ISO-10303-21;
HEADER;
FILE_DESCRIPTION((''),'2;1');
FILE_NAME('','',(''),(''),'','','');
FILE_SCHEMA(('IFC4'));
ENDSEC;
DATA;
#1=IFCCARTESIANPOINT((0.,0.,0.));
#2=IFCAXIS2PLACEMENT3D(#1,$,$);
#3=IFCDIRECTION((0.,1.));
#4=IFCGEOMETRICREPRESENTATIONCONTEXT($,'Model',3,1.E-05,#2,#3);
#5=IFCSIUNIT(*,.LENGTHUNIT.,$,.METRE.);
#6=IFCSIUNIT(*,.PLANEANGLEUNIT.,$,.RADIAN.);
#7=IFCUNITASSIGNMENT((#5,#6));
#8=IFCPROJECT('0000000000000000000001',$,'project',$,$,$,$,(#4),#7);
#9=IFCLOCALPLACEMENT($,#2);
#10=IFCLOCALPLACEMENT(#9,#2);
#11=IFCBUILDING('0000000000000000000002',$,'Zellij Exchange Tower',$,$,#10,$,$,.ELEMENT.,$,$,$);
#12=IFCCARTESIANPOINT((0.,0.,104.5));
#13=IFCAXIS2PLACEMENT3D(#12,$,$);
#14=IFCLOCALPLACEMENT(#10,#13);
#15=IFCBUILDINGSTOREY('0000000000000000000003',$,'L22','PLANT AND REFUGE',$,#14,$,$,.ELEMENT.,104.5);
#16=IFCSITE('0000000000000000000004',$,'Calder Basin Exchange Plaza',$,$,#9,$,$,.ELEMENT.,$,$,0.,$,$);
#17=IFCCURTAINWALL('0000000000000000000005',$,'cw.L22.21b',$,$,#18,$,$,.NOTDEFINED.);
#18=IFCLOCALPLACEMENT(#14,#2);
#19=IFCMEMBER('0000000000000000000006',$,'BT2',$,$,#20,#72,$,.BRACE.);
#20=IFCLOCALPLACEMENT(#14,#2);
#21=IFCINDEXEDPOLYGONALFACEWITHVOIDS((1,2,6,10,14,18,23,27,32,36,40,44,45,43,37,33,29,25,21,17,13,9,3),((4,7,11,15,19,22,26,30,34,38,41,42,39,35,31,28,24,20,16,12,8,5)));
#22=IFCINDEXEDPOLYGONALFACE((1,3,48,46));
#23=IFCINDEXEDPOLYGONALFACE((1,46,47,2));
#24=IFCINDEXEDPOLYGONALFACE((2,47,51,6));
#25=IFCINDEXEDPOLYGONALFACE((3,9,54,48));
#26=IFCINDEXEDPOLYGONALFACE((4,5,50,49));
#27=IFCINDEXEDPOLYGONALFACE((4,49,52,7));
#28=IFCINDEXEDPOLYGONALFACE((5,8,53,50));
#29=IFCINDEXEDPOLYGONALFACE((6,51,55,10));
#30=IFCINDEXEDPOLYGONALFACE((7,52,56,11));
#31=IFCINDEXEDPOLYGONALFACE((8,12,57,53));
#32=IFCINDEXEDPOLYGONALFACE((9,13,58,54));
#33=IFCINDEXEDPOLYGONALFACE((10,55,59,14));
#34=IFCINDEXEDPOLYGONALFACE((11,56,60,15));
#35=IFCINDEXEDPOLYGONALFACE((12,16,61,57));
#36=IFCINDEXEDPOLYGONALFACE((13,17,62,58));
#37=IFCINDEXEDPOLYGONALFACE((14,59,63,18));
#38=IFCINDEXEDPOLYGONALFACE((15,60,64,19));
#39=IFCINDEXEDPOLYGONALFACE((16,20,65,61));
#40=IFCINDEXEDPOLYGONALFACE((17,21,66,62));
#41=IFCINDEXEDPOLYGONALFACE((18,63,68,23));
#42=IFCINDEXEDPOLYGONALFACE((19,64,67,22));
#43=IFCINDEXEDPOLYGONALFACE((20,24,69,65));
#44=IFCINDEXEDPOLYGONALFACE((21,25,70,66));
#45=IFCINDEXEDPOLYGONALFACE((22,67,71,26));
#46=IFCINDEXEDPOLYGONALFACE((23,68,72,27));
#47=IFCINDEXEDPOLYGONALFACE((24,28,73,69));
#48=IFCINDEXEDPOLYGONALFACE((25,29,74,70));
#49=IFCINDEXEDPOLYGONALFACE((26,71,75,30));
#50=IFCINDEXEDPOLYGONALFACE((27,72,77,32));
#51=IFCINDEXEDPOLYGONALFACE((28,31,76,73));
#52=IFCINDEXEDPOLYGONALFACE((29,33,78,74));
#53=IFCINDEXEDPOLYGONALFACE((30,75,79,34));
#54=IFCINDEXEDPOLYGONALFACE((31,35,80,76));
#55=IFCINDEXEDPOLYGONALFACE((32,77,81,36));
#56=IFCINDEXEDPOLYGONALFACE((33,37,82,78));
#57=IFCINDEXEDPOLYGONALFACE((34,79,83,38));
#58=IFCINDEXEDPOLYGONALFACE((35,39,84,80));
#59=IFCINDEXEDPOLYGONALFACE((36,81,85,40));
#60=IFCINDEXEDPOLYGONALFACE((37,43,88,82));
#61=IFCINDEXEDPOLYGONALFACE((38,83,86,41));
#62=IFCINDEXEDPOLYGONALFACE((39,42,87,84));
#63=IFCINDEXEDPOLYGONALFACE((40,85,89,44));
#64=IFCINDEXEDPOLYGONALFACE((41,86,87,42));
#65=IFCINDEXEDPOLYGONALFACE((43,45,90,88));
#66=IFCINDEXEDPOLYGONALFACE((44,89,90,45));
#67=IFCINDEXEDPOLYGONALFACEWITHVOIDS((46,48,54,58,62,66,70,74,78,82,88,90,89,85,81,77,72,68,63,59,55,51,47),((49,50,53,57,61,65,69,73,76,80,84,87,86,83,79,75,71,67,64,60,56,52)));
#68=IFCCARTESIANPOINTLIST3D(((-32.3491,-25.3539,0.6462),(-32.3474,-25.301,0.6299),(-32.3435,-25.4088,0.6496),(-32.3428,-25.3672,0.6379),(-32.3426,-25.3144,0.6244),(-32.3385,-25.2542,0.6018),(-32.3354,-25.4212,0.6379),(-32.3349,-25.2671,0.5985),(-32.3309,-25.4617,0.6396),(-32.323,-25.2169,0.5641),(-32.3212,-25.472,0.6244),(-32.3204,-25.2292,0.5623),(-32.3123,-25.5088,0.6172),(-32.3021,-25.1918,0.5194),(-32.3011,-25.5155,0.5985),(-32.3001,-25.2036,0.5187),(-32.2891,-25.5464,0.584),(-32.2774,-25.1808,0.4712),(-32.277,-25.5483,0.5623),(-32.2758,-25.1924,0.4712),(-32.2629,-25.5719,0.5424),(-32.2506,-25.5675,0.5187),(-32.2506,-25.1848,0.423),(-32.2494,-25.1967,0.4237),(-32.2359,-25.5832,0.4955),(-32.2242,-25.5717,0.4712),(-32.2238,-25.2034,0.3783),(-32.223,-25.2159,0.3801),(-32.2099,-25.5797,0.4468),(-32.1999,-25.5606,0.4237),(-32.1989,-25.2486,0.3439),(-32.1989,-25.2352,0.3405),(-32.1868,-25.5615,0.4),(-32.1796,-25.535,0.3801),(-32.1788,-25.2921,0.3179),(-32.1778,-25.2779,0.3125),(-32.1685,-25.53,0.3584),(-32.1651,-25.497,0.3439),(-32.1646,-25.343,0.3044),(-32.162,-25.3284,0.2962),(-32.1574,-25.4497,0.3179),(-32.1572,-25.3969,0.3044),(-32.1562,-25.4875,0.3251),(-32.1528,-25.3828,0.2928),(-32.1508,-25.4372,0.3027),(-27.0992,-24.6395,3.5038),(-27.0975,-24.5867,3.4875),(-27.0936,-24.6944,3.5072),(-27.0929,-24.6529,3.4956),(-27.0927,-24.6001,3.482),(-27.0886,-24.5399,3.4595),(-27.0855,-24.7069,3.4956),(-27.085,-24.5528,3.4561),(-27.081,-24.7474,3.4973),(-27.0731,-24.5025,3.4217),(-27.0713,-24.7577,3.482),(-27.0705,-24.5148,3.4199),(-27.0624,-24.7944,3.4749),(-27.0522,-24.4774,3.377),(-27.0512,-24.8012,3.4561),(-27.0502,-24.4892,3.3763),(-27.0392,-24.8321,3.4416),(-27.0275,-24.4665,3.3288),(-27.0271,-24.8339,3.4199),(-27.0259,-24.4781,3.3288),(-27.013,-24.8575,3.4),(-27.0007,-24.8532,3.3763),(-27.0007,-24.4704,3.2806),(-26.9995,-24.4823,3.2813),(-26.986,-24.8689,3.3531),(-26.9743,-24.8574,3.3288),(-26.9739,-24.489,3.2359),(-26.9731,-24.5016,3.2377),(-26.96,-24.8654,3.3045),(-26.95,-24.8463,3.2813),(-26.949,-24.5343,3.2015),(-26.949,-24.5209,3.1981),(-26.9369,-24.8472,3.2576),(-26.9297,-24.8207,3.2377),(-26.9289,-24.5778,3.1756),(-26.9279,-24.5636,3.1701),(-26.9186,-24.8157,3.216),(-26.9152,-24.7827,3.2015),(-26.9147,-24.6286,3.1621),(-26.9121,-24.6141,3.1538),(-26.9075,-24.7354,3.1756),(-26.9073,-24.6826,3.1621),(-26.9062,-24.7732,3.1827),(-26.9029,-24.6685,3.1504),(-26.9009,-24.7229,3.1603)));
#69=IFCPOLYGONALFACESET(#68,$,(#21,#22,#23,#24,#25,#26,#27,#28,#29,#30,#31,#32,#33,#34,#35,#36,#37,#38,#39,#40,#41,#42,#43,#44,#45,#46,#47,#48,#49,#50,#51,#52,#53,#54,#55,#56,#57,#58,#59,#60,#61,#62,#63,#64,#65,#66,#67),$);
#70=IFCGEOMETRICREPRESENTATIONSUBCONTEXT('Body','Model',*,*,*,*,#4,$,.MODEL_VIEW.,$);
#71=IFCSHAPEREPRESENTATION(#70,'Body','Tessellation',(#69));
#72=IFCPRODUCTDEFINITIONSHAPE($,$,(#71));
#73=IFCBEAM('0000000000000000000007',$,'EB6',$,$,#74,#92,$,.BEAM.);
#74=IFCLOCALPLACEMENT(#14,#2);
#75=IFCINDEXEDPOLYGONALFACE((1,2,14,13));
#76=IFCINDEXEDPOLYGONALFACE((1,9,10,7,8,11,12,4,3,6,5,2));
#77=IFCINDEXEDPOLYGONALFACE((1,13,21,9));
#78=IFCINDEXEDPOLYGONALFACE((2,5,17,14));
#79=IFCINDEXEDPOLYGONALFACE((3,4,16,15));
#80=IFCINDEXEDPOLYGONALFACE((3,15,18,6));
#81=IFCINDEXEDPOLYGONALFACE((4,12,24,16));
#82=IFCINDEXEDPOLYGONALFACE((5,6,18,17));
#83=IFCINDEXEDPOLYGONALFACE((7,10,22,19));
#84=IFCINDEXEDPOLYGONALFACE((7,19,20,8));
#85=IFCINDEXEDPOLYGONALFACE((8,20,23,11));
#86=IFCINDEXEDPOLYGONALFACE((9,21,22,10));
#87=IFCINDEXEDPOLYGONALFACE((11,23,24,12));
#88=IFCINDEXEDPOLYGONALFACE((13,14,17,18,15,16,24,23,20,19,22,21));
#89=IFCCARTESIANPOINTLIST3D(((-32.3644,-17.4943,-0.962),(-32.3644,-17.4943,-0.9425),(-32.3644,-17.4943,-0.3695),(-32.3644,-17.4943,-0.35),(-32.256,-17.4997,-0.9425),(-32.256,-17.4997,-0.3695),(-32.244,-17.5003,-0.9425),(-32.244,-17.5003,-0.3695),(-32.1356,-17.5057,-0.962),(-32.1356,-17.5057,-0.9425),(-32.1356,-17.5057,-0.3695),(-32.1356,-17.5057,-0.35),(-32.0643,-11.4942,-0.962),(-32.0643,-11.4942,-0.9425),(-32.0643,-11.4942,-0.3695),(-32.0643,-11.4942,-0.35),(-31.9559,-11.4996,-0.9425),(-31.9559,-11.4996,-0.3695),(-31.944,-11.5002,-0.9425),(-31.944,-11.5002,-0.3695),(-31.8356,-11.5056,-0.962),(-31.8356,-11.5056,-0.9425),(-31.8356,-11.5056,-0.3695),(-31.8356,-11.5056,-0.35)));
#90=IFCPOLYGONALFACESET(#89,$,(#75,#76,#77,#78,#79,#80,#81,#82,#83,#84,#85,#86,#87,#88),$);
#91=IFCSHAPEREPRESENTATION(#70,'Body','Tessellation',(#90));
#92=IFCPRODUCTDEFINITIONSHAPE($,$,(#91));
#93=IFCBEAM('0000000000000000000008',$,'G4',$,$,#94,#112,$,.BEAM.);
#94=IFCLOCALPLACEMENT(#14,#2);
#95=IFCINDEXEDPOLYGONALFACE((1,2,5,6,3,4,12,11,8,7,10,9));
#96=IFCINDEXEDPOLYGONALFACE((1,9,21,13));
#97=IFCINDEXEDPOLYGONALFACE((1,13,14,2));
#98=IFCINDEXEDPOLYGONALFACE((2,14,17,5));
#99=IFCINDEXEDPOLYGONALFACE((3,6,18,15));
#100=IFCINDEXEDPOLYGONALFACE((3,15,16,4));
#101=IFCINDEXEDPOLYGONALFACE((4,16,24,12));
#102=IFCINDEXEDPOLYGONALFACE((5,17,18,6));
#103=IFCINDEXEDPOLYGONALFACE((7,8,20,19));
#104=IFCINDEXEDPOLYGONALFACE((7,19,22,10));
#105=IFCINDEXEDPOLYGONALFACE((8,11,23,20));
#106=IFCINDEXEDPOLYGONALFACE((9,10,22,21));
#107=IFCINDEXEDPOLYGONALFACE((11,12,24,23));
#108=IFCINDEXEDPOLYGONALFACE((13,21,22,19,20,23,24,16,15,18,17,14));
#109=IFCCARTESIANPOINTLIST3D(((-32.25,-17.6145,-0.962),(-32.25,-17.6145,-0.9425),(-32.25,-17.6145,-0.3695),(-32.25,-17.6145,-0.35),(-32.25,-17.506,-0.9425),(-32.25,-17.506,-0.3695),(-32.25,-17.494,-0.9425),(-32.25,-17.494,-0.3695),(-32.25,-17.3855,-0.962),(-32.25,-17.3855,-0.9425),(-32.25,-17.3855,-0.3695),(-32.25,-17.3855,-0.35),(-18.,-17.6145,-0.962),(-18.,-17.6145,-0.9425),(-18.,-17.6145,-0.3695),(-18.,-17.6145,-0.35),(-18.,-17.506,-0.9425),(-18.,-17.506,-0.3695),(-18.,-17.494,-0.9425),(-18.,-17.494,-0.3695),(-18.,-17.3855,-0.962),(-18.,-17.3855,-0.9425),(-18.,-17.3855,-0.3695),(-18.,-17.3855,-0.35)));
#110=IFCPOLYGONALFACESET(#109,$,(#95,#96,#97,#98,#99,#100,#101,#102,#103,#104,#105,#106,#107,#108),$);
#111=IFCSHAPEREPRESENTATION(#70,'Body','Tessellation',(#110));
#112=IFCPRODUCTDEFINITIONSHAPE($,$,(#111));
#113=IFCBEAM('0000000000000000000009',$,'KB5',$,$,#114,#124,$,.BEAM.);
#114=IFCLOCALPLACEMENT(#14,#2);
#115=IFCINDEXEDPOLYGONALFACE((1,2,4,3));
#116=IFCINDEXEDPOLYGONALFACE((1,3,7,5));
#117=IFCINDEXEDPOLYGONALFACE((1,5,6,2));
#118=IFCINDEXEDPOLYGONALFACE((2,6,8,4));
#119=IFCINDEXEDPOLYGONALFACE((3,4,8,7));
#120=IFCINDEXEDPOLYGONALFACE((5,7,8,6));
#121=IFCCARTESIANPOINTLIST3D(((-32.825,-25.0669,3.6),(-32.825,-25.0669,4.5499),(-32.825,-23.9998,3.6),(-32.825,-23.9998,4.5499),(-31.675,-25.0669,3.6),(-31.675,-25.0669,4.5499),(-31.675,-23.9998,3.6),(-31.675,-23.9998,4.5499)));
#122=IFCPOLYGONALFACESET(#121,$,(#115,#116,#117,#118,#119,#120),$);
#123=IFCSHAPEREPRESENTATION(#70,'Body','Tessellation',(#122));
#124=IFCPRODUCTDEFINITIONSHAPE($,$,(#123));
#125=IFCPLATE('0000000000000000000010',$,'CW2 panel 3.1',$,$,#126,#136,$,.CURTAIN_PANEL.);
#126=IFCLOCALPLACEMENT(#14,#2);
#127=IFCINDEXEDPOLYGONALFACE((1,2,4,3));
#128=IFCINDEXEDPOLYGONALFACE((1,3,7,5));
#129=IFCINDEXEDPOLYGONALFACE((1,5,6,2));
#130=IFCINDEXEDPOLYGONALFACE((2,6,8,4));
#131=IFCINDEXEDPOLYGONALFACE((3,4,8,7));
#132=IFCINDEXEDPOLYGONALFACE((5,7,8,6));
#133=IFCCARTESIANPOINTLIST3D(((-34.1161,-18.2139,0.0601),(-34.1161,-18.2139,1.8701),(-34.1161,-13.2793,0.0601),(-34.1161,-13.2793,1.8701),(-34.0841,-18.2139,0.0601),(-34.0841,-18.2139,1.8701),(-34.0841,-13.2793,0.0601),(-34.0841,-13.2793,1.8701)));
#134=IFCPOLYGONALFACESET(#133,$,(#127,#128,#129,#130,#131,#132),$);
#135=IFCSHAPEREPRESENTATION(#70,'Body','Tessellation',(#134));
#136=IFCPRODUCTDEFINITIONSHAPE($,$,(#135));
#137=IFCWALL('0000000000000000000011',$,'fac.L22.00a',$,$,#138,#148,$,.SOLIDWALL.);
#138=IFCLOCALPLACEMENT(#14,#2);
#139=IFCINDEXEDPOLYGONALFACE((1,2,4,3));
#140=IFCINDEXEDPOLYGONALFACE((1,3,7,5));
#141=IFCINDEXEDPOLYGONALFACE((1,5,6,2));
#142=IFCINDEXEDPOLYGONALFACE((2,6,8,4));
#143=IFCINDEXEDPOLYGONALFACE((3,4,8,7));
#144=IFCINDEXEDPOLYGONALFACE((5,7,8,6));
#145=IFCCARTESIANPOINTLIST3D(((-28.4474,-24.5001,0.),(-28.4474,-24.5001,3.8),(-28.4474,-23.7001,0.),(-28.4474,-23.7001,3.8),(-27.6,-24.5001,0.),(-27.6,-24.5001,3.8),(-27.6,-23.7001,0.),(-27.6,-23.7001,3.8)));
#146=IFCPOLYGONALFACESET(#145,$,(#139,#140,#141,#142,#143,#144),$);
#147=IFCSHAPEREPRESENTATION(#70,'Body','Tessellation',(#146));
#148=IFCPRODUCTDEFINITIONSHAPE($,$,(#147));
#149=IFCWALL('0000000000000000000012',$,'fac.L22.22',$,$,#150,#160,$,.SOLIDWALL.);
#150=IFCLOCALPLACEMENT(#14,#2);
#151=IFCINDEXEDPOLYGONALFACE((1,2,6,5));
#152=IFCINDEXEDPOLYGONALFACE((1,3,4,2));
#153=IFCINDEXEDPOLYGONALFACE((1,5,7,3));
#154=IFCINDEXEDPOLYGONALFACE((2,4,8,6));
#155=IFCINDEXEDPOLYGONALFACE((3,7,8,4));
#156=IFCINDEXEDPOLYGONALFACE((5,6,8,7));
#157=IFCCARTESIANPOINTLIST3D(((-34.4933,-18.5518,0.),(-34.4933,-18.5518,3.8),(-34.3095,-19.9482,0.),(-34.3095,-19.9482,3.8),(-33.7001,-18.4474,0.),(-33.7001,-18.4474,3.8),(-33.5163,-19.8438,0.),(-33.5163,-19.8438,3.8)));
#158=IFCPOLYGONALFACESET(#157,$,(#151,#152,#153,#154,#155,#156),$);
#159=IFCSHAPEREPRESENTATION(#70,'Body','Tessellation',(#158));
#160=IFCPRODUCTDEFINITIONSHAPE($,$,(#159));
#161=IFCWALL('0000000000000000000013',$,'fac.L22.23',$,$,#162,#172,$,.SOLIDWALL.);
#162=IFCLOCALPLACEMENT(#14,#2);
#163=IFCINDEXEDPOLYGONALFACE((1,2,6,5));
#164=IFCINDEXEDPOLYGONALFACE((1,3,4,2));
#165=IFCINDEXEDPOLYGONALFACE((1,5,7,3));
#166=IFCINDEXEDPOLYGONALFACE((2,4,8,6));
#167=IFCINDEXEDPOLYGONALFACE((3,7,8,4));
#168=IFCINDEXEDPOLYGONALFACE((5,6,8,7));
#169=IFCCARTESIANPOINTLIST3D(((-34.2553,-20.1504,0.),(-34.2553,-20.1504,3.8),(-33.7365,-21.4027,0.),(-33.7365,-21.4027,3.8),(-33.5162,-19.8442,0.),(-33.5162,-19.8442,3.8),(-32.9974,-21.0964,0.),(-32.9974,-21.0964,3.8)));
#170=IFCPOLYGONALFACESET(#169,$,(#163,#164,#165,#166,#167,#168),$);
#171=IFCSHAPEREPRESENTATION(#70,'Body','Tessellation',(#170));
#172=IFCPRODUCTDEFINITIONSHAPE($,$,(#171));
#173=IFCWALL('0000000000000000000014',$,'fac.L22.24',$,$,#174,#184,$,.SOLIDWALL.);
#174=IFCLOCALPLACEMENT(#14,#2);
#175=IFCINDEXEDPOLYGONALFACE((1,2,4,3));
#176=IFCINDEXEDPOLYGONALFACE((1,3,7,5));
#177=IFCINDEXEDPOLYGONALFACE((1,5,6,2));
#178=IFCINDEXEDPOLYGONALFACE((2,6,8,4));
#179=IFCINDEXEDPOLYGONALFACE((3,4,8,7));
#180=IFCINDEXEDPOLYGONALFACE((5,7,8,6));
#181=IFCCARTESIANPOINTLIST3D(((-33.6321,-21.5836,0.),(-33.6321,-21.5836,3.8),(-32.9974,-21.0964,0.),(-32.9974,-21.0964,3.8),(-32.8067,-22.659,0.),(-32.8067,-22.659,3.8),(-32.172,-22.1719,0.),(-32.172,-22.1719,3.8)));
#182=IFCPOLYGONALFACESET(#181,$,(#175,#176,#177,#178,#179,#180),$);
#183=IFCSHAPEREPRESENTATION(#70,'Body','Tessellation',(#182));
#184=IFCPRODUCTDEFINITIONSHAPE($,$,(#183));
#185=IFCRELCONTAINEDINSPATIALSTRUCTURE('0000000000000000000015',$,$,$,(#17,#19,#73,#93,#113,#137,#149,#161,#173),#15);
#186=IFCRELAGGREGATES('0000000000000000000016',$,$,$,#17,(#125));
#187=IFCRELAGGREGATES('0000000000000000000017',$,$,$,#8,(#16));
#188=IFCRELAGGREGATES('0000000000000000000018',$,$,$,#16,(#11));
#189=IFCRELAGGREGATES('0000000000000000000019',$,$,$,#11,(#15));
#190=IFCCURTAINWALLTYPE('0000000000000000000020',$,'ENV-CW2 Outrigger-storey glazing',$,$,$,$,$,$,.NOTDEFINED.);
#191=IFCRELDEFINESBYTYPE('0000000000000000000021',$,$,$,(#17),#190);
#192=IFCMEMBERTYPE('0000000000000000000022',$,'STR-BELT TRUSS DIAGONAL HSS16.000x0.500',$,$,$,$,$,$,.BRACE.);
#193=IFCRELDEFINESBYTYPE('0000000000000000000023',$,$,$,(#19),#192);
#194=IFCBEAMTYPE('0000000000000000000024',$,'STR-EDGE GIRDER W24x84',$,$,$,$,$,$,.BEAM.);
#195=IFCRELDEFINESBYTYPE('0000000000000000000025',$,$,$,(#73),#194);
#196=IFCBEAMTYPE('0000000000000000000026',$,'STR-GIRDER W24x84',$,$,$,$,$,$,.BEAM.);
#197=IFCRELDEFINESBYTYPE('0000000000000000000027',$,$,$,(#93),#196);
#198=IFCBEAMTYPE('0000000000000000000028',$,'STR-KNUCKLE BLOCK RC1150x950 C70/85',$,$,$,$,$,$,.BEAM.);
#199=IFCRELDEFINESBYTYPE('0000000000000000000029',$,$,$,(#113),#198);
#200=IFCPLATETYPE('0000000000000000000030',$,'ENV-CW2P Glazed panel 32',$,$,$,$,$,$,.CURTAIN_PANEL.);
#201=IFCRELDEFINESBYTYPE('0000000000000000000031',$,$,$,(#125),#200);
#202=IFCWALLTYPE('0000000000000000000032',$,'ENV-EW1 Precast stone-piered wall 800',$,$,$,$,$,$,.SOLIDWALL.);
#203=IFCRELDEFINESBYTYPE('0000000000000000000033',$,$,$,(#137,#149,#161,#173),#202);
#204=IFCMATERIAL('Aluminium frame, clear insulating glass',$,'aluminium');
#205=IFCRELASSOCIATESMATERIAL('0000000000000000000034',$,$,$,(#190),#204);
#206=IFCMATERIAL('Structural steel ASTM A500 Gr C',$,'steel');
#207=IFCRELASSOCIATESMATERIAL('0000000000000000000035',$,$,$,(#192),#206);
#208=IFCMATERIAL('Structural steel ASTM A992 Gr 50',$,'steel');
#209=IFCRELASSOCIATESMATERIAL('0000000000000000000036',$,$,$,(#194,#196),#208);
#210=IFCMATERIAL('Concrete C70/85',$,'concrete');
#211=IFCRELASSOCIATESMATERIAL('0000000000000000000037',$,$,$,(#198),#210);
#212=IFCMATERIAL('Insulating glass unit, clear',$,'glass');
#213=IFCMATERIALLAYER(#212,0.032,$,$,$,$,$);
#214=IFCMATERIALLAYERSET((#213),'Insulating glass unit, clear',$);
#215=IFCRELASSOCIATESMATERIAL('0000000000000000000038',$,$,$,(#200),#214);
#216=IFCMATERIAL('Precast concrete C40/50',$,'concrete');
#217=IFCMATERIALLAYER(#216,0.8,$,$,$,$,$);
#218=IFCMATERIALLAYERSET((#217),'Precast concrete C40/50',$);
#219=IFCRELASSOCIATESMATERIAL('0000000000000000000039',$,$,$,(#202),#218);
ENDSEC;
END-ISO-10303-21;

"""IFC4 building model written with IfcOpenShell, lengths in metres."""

from ifc_helpers import new_model, si_unit, direction, frame, frame_2d, origin, origin_2d, place, context, subcontext, project, spatial, rectangle, hollow_circle, i_section, extrude, material, layer, layer_set, material_profile, profile_set, type_object, element, aggregate, save


model = new_model("IFC4")

# Units and contexts
model_context = context("Model", 3, precision=1e-05, world=origin(), true_north=direction((0.0, 1.0)))
body_context = subcontext(model_context, "Body", "Model", "MODEL_VIEW")
ifc_project = project(units=[si_unit("LENGTHUNIT", "METRE"), si_unit("PLANEANGLEUNIT", "RADIAN")], contexts=[model_context])

# Site, building, storey
site_placement = place(None, origin())
site = spatial("IfcSite", under=ifc_project, at=site_placement, Name="Calder Basin Exchange Plaza", CompositionType="ELEMENT", RefElevation=0.0)
building_placement = place(site_placement, origin())
building = spatial("IfcBuilding", under=site, at=building_placement, Name="Zellij Exchange Tower", CompositionType="ELEMENT")
storey_placement = place(building_placement, frame((0.0, 0.0, 104.5)))
storey = spatial("IfcBuildingStorey", under=building, at=storey_placement, Name="L22", Description="PLANT AND REFUGE", CompositionType="ELEMENT", Elevation=104.5)

# Shared definitions
ifc_material_1 = material(Name="Concrete C70/85", Category="concrete")

# Curtain wall
ifc_material_2 = material(Name="Aluminium frame, clear insulating glass", Category="aluminium")
curtain_wall_type = type_object("IfcCurtainWallType", Name="ENV-CW2 Outrigger-storey glazing", PredefinedType="NOTDEFINED", material=ifc_material_2)
curtain_wall_placement = place(storey_placement, origin())
curtain_wall = element("IfcCurtainWall", 1, at=curtain_wall_placement, inside=storey, type_object=curtain_wall_type, Name="cw.L22.21b", PredefinedType="NOTDEFINED")

# Member
ifc_material_3 = material(Name="Structural steel ASTM A992 Gr 50", Category="steel")
ifc_material_4 = material(Name="Structural steel ASTM A500 Gr C", Category="steel")
ifc_material_profile_1 = material_profile(ifc_material_4, hollow_circle(Radius=0.2031, WallThickness=0.0117, at=origin_2d()), Name="STR-BELT TRUSS DIAGONAL HSS16.000x0.500")
ifc_profile_set_1 = profile_set([ifc_material_profile_1], Name="Structural steel ASTM A500 Gr C")
member_type_1 = type_object("IfcMemberType", Name="STR-BELT TRUSS DIAGONAL HSS16.000x0.500", PredefinedType="BRACE", material=ifc_profile_set_1)
member_1_placement = place(storey_placement, frame((-32.25, -25.3821, 0.4712), z_axis=(0.872109, 0.118666, 0.474704), x_axis=(-0.134825, 0.990869, 0.0)))
element("IfcMember", 2, at=member_1_placement, inside=storey, type_object=member_type_1, Name="BT2", PredefinedType="BRACE", context=body_context, shape_type="SweptSolid", body=[
    extrude(hollow_circle(Radius=0.2031, WallThickness=0.0117, at=origin_2d()), origin(), (0.0, 0.0, 1.0), 6.0198),
])

# Beams
ifc_material_profile_2 = material_profile(ifc_material_3, i_section(OverallWidth=0.229, OverallDepth=0.6121, WebThickness=0.012, FlangeThickness=0.0195, at=origin_2d()), Name="W24x84")
ifc_profile_set_2 = profile_set([ifc_material_profile_2], Name="Structural steel ASTM A992 Gr 50")
beam_type_1 = type_object("IfcBeamType", Name="STR-EDGE GIRDER W24x84", PredefinedType="BEAM", material=ifc_profile_set_2)
beam_1_placement = place(storey_placement, frame((-32.25, -17.5, -0.656), z_axis=(0.049946, 0.998752, 0.0), x_axis=(-0.998752, 0.049946, 0.0)))
element("IfcBeam", 3, at=beam_1_placement, inside=storey, type_object=beam_type_1, Name="EB6", PredefinedType="BEAM", context=body_context, shape_type="SweptSolid", body=[
    extrude(i_section(OverallWidth=0.229, OverallDepth=0.6121, WebThickness=0.012, FlangeThickness=0.0195, at=origin_2d()), origin(), (0.0, 0.0, 1.0), 6.0076),
])
ifc_material_profile_3 = material_profile(ifc_material_3, i_section(OverallWidth=0.229, OverallDepth=0.6121, WebThickness=0.012, FlangeThickness=0.0195, at=origin_2d()), Name="W24x84")
ifc_profile_set_3 = profile_set([ifc_material_profile_3], Name="Structural steel ASTM A992 Gr 50")
beam_type_2 = type_object("IfcBeamType", Name="STR-GIRDER W24x84", PredefinedType="BEAM", material=ifc_profile_set_3)
beam_2_placement = place(storey_placement, frame((-32.25, -17.5, -0.656), z_axis=(1.0, 0.0, 0.0), x_axis=(0.0, 1.0, 0.0)))
element("IfcBeam", 4, at=beam_2_placement, inside=storey, type_object=beam_type_2, Name="G4", PredefinedType="BEAM", context=body_context, shape_type="SweptSolid", body=[
    extrude(i_section(OverallWidth=0.229, OverallDepth=0.6121, WebThickness=0.012, FlangeThickness=0.0195, at=origin_2d()), origin(), (0.0, 0.0, 1.0), 14.25),
])
ifc_material_profile_4 = material_profile(ifc_material_1, rectangle(XDim=1.1499, YDim=0.95, at=origin_2d()), Name="STR-KNUCKLE BLOCK RC1150x950 C70/85")
ifc_profile_set_4 = profile_set([ifc_material_profile_4], Name="Concrete C70/85")
beam_type_3 = type_object("IfcBeamType", Name="STR-KNUCKLE BLOCK RC1150x950 C70/85", PredefinedType="BEAM", material=ifc_profile_set_4)
beam_3_placement = place(storey_placement, frame((-32.25, -25.0669, 4.075), z_axis=(0.0, 1.0, 0.0), x_axis=(-1.0, 0.0, 0.0)))
element("IfcBeam", 5, at=beam_3_placement, inside=storey, type_object=beam_type_3, Name="KB5", PredefinedType="BEAM", context=body_context, shape_type="SweptSolid", body=[
    extrude(rectangle(XDim=1.1499, YDim=0.95, at=origin_2d()), origin(), (0.0, 0.0, 1.0), 1.0671),
])

# Plate
ifc_material_5 = material(Name="Insulating glass unit, clear", Category="glass")
ifc_layer_1 = layer(ifc_material_5, 0.032)
ifc_layer_set_1 = layer_set([ifc_layer_1], Name="Insulating glass unit, clear")
plate_type = type_object("IfcPlateType", Name="ENV-CW2P Glazed panel 32", PredefinedType="CURTAIN_PANEL", material=ifc_layer_set_1)
plate_placement = place(storey_placement, frame((-34.1001, -15.7466, 0.0601), z_axis=(0.0, 0.0, 1.0), x_axis=(0.0, -1.0, 0.0)))
plate = element("IfcPlate", 6, at=plate_placement, type_object=plate_type, Name="CW2 panel 3.1", PredefinedType="CURTAIN_PANEL", context=body_context, shape_type="SweptSolid", body=[
    extrude(rectangle(XDim=4.9346, YDim=0.032, at=origin_2d()), origin(), (0.0, 0.0, 1.0), 1.8101),
])
aggregate(curtain_wall, [plate])

# Walls
ifc_material_6 = material(Name="Precast concrete C40/50", Category="concrete")
ifc_layer_2 = layer(ifc_material_6, 0.8)
ifc_layer_set_2 = layer_set([ifc_layer_2], Name="Precast concrete C40/50")
wall_type_1 = type_object("IfcWallType", Name="ENV-EW1 Precast stone-piered wall 800", PredefinedType="SOLIDWALL", material=ifc_layer_set_2)
wall_1_placement = place(storey_placement, frame((-28.4475, -24.1001, 0.0), z_axis=(0.0, 0.0, 1.0), x_axis=(1.0, 0.0, 0.0)))
element("IfcWall", 7, at=wall_1_placement, inside=storey, type_object=wall_type_1, Name="fac.L22.00a", PredefinedType="SOLIDWALL", context=body_context, shape_type="SweptSolid", body=[
    extrude(rectangle(XDim=0.8474, YDim=0.8, at=frame_2d((0.4238, 0.0))), origin(), (0.0, 0.0, 1.0), 3.8),
])
wall_2_placement = place(storey_placement, frame((-34.0967, -18.4998, 0.0), z_axis=(0.0, 0.0, 1.0), x_axis=(0.130517, -0.991446, 0.0)))
element("IfcWall", 8, at=wall_2_placement, inside=storey, type_object=wall_type_1, Name="fac.L22.22", PredefinedType="SOLIDWALL", context=body_context, shape_type="SweptSolid", body=[
    extrude(rectangle(XDim=1.4084, YDim=0.8, at=frame_2d((0.7041, 0.0))), origin(), (0.0, 0.0, 1.0), 3.8),
])
wall_3_placement = place(storey_placement, frame((-33.8857, -19.9973, 0.0), z_axis=(0.0, 0.0, 1.0), x_axis=(0.38276, -0.923848, 0.0)))
element("IfcWall", 9, at=wall_3_placement, inside=storey, type_object=wall_type_1, Name="fac.L22.23", PredefinedType="SOLIDWALL", context=body_context, shape_type="SweptSolid", body=[
    extrude(rectangle(XDim=1.3555, YDim=0.8, at=frame_2d((0.6777, 0.0))), origin(), (0.0, 0.0, 1.0), 3.8),
])
for number, where, z_axis, x_axis, name in (
    (10, (-33.3147, -21.3401, 0.0), (0.0, 0.0, 1.0), (0.608866, -0.793273, 0.0), "fac.L22.24"),
):
    element("IfcWall", number, at=place(storey_placement, frame(where, z_axis=z_axis, x_axis=x_axis)), inside=storey, type_object=wall_type_1, Name=name, PredefinedType="SOLIDWALL", context=body_context, shape_type="SweptSolid", body=[
        extrude(rectangle(XDim=1.3557, YDim=0.8, at=frame_2d((0.6777, 0.0))), origin(), (0.0, 0.0, 1.0), 3.8),
    ])

save(model, "model.ifc")
